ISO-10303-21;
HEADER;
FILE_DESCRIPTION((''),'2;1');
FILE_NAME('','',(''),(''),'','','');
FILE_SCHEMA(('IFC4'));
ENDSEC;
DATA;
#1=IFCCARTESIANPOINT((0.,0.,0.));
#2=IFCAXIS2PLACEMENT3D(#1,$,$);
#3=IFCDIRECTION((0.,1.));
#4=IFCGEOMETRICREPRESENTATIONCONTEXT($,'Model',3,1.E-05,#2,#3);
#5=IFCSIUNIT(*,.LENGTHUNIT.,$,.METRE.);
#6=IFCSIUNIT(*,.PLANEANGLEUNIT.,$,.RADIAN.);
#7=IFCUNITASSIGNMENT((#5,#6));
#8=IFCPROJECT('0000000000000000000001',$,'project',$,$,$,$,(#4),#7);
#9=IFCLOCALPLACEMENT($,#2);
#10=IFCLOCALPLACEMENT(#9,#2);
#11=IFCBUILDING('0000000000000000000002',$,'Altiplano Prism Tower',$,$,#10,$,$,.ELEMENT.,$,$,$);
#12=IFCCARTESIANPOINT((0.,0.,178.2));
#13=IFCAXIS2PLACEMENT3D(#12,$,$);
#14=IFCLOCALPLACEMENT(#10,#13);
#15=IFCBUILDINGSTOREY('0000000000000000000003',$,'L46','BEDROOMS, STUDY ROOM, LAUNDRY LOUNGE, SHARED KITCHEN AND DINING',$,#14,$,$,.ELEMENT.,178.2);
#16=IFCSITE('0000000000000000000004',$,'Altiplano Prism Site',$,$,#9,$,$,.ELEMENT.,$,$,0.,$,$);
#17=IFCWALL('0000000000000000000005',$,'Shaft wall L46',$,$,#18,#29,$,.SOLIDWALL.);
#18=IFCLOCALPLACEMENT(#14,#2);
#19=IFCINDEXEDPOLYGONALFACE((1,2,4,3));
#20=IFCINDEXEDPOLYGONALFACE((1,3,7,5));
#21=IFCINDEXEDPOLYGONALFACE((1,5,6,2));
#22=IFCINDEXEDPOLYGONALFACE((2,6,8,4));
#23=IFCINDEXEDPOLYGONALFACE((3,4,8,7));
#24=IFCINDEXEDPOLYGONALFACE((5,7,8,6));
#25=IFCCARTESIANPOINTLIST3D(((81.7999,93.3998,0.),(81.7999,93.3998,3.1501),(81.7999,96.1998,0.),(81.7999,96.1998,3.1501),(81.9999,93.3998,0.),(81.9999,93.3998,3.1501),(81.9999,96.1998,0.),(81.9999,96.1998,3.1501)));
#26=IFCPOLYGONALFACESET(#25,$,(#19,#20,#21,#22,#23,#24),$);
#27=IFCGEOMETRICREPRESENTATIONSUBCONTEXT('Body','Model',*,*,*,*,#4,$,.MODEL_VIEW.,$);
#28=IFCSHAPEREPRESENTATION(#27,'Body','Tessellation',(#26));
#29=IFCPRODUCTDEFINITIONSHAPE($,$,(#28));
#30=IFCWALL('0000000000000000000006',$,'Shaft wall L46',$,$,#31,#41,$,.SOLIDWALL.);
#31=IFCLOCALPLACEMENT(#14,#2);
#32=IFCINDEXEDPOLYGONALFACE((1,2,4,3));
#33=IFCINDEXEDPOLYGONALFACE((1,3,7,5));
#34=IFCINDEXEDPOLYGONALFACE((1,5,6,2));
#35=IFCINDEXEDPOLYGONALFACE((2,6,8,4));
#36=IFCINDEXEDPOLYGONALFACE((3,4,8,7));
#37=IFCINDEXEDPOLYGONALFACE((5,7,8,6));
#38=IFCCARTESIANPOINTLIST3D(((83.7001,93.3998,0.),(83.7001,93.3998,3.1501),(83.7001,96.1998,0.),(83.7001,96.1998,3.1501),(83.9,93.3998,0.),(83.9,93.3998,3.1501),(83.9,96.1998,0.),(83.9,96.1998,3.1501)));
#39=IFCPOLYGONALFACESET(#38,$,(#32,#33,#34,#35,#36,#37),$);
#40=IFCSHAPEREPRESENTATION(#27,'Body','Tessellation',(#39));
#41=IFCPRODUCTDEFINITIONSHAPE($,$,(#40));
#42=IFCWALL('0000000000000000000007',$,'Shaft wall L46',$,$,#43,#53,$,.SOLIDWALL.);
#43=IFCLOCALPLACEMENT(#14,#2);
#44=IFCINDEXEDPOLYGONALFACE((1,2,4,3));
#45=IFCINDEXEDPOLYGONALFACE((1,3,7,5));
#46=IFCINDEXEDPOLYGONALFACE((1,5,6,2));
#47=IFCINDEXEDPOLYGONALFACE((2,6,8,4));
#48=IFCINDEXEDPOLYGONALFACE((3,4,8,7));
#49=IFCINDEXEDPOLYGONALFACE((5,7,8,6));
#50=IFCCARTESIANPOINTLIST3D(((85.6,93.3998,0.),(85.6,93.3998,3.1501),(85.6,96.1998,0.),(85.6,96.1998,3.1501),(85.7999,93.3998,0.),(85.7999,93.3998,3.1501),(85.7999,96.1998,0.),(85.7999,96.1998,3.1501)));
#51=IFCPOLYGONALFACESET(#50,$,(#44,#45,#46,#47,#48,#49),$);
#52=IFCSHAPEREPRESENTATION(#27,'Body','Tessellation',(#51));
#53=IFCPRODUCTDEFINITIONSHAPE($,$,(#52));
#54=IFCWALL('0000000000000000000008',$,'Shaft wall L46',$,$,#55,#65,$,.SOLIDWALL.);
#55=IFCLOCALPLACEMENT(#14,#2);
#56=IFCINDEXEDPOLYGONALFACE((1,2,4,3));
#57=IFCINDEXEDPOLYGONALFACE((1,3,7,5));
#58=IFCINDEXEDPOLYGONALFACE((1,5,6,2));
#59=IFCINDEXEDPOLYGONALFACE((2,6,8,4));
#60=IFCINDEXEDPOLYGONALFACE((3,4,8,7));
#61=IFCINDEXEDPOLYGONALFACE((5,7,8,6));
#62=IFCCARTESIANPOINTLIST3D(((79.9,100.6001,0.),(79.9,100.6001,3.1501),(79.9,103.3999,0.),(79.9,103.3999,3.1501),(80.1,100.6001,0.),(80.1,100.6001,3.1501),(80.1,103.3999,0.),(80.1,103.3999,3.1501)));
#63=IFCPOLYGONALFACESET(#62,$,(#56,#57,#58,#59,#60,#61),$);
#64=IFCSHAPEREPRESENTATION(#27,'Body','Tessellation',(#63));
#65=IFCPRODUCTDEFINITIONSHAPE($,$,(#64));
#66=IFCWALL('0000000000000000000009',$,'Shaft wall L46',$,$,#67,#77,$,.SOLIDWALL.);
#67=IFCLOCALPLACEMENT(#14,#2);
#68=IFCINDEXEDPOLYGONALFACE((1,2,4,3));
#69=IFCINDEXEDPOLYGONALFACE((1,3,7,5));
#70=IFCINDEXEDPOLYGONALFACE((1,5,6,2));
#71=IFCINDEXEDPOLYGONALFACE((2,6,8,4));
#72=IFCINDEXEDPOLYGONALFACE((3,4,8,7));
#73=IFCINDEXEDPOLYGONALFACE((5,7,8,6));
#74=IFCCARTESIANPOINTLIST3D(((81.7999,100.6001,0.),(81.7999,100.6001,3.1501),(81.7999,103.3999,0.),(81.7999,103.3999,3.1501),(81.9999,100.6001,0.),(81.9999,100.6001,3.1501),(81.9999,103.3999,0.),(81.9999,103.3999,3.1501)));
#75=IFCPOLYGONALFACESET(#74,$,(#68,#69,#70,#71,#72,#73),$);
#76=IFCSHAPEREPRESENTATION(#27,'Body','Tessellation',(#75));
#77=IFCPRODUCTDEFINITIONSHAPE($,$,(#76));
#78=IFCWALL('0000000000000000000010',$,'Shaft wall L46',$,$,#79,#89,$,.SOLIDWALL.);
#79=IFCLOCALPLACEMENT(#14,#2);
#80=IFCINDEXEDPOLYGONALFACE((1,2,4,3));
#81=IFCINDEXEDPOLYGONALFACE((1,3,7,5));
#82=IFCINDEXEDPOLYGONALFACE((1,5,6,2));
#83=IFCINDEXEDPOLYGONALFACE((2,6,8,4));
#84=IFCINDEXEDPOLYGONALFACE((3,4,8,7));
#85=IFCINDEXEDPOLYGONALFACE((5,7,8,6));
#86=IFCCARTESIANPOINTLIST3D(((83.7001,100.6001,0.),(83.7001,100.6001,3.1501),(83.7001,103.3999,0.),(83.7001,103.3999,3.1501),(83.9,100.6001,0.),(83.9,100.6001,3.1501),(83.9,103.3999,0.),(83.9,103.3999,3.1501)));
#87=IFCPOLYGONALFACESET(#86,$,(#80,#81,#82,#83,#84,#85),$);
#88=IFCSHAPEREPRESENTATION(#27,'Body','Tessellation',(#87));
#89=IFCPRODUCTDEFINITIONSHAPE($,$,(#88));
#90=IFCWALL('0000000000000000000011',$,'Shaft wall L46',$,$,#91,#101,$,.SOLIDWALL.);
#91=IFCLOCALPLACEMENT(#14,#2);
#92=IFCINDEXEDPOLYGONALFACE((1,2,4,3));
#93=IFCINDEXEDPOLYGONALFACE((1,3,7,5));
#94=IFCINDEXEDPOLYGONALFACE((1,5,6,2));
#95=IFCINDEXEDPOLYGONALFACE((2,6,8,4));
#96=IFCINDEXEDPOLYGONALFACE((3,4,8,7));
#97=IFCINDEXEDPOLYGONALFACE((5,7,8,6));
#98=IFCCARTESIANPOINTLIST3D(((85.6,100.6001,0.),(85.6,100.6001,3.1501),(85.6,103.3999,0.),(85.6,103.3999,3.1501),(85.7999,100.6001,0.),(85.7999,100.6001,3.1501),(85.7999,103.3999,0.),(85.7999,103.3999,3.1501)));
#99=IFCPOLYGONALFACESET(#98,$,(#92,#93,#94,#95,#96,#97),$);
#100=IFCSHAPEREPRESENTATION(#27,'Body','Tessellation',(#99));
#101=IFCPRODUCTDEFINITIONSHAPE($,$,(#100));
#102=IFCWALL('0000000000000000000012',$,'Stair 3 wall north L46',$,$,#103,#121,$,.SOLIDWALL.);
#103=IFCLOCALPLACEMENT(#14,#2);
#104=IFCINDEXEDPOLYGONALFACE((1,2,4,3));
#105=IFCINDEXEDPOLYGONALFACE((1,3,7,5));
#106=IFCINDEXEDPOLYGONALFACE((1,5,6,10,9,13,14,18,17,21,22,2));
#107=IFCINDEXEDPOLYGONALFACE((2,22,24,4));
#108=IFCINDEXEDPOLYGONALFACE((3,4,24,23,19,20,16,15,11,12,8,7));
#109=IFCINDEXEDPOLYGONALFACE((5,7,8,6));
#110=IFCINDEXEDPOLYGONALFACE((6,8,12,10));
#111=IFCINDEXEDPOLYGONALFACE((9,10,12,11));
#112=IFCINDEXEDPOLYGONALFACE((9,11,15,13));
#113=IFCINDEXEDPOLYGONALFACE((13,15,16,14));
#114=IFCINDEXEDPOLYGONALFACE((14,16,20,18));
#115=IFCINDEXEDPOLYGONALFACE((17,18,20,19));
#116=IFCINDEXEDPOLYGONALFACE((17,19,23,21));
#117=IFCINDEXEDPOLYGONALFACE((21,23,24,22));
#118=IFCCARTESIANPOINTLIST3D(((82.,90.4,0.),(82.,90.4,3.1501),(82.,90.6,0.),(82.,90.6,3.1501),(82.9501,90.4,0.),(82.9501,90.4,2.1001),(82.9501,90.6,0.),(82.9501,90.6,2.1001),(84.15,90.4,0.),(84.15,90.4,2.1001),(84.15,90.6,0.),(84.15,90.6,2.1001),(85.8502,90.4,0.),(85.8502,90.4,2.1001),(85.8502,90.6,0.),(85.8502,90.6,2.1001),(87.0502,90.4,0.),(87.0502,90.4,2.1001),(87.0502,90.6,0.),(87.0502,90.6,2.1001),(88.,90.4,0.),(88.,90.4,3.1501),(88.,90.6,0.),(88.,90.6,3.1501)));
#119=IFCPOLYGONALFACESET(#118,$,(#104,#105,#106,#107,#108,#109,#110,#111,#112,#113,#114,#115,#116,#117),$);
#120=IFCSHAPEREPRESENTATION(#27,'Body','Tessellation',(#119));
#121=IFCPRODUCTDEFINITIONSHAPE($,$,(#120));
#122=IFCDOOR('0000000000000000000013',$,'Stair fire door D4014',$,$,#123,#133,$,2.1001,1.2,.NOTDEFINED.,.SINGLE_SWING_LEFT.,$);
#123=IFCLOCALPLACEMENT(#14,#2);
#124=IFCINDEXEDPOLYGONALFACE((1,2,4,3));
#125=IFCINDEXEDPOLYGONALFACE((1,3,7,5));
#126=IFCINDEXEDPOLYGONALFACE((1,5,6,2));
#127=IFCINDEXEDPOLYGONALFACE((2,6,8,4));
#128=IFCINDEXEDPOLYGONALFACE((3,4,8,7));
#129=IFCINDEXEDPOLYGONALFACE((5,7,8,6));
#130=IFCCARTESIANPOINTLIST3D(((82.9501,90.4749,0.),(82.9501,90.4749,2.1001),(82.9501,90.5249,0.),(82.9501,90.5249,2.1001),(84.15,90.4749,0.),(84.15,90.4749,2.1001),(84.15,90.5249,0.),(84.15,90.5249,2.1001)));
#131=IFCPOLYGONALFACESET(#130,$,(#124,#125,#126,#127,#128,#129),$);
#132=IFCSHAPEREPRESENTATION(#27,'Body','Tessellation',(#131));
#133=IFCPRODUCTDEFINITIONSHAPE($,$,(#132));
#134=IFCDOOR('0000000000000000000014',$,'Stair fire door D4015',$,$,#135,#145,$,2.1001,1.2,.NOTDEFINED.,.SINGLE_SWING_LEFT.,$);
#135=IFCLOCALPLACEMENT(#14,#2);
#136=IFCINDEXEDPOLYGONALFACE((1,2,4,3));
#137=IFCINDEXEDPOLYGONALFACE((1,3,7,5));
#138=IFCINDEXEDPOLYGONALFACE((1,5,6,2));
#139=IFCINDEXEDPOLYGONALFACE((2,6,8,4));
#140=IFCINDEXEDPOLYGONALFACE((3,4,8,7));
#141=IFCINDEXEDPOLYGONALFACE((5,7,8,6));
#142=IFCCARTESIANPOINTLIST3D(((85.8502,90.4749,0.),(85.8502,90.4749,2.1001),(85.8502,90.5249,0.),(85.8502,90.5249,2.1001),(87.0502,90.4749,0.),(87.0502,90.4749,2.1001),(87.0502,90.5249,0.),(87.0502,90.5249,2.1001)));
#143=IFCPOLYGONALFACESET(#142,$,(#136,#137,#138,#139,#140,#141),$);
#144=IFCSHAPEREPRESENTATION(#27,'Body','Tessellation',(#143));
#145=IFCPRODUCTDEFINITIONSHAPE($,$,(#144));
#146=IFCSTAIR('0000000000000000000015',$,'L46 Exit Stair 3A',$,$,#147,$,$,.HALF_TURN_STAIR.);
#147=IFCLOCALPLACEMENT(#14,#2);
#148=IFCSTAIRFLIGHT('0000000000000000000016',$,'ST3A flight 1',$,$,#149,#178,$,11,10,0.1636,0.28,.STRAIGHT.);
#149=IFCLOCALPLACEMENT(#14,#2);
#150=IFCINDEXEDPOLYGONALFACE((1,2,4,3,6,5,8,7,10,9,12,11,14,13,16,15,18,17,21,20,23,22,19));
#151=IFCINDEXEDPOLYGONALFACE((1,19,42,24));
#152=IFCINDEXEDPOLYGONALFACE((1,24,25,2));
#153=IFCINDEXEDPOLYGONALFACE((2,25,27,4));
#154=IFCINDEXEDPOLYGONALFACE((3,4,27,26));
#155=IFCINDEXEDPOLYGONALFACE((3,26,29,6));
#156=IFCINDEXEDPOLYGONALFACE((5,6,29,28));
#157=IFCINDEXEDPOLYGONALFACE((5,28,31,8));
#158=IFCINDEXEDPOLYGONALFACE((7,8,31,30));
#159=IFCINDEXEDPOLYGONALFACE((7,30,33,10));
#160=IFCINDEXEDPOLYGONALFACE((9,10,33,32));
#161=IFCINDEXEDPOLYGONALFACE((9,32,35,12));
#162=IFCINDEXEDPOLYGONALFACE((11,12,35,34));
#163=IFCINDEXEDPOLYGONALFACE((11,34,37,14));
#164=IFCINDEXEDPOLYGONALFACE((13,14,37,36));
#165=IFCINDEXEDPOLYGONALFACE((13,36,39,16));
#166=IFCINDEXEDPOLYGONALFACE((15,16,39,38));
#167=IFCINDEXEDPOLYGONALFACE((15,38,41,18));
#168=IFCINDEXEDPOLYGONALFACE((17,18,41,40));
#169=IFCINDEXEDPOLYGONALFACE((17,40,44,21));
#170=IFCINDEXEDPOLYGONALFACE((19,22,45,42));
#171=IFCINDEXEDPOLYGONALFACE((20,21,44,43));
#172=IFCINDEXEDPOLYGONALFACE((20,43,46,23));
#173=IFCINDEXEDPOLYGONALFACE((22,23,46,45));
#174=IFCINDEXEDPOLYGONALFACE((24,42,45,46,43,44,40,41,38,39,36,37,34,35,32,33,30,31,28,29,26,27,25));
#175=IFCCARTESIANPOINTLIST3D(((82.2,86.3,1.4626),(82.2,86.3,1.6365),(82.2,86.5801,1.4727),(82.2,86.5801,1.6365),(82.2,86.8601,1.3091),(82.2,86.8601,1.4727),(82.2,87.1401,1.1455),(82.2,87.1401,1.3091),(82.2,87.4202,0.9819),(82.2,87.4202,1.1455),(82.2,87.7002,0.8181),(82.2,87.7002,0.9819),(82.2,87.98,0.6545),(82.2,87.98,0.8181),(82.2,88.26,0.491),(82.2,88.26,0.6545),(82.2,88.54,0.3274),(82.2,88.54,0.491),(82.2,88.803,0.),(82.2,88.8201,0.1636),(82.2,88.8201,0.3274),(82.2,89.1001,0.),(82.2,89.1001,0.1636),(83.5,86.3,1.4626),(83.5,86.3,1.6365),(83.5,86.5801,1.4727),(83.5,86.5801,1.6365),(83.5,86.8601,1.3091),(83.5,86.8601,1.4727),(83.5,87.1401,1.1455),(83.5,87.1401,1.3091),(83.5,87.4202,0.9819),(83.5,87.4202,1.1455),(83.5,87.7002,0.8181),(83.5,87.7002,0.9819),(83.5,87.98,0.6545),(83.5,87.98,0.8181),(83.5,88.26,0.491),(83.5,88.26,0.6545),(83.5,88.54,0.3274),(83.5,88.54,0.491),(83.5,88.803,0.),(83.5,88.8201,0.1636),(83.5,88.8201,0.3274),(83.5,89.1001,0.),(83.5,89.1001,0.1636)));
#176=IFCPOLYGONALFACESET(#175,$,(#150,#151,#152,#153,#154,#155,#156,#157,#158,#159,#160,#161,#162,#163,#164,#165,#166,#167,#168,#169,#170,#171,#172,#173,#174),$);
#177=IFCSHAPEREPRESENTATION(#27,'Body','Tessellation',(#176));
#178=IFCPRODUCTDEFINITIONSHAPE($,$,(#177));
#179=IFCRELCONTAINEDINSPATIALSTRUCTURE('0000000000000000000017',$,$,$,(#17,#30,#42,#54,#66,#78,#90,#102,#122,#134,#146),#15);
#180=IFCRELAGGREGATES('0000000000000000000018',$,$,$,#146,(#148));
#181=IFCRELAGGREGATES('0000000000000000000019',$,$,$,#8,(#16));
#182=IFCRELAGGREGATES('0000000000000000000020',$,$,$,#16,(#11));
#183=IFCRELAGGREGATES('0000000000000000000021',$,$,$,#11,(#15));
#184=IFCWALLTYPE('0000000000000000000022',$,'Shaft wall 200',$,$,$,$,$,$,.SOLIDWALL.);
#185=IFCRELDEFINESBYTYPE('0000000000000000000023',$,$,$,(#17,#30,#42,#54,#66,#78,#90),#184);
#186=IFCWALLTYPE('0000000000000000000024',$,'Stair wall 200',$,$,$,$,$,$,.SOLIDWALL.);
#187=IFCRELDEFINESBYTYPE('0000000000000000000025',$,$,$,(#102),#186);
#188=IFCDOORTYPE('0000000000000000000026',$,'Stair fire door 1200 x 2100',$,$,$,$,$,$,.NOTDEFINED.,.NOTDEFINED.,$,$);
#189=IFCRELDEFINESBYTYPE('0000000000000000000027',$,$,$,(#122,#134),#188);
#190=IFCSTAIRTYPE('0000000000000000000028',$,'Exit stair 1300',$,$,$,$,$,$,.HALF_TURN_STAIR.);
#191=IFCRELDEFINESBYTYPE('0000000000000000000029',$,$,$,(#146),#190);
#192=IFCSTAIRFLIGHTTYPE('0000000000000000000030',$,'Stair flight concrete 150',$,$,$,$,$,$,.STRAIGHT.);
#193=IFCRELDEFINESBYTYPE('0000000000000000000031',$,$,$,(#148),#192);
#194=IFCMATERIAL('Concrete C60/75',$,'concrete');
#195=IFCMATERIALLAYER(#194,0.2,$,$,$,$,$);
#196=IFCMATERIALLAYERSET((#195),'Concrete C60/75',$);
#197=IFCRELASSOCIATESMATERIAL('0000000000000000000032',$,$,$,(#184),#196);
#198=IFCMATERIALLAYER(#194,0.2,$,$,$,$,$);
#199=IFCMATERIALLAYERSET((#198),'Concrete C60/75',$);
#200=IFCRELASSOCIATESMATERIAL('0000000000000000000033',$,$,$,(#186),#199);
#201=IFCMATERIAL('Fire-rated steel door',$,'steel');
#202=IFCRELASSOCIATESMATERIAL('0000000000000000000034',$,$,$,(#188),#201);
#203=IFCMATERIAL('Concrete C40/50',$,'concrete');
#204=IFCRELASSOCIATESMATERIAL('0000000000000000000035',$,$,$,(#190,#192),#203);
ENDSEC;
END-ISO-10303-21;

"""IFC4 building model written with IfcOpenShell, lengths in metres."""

from ifc_helpers import new_model, si_unit, direction, frame, frame_2d, origin, place, context, subcontext, project, spatial, polyline, rectangle, outline, extrude, material, layer, layer_set, type_object, element, fill, aggregate, save


model = new_model("IFC4")

# Units and contexts
model_context = context("Model", 3, precision=1e-05, world=origin(), true_north=direction((0.0, 1.0)))
body_context = subcontext(model_context, "Body", "Model", "MODEL_VIEW")
ifc_project = project(units=[si_unit("LENGTHUNIT", "METRE"), si_unit("PLANEANGLEUNIT", "RADIAN")], contexts=[model_context])

# Site, building, storey
site_placement = place(None, origin())
site = spatial("IfcSite", under=ifc_project, at=site_placement, Name="Altiplano Prism Site", CompositionType="ELEMENT", RefElevation=0.0)
building_placement = place(site_placement, origin())
building = spatial("IfcBuilding", under=site, at=building_placement, Name="Altiplano Prism Tower", CompositionType="ELEMENT")
storey_placement = place(building_placement, frame((0.0, 0.0, 178.2)))
storey = spatial("IfcBuildingStorey", under=building, at=storey_placement, Name="L46", Description="BEDROOMS, STUDY ROOM, LAUNDRY LOUNGE, SHARED KITCHEN AND DINING", CompositionType="ELEMENT", Elevation=178.2)

# Walls
ifc_material_1 = material(Name="Concrete C60/75", Category="concrete")
ifc_layer_1 = layer(ifc_material_1, 0.2)
ifc_layer_set_1 = layer_set([ifc_layer_1], Name="Concrete C60/75")
wall_type_1 = type_object("IfcWallType", Name="Shaft wall 200", PredefinedType="SOLIDWALL", material=ifc_layer_set_1)
for number, where, z_axis, x_axis, name in (
    (1, (81.8999, 93.3999, 0.0), (0.0, 0.0, 1.0), (0.0, 1.0, 0.0), "Shaft wall L46"),
    (2, (83.8, 93.3999, 0.0), (0.0, 0.0, 1.0), (0.0, 1.0, 0.0), "Shaft wall L46"),
    (3, (85.7, 93.3999, 0.0), (0.0, 0.0, 1.0), (0.0, 1.0, 0.0), "Shaft wall L46"),
):
    element("IfcWall", number, at=place(storey_placement, frame(where, z_axis=z_axis, x_axis=x_axis)), inside=storey, type_object=wall_type_1, Name=name, PredefinedType="SOLIDWALL", context=body_context, shape_type="SweptSolid", body=[
        extrude(rectangle(XDim=2.8, YDim=0.2, at=frame_2d((1.3999, 0.0))), origin(), (0.0, 0.0, 1.0), 3.1501),
    ])
for number, where, z_axis, x_axis, name in (
    (4, (80.0, 100.6001, 0.0), (0.0, 0.0, 1.0), (0.0, 1.0, 0.0), "Shaft wall L46"),
    (5, (81.8999, 100.6001, 0.0), (0.0, 0.0, 1.0), (0.0, 1.0, 0.0), "Shaft wall L46"),
    (6, (83.8, 100.6001, 0.0), (0.0, 0.0, 1.0), (0.0, 1.0, 0.0), "Shaft wall L46"),
    (7, (85.7, 100.6001, 0.0), (0.0, 0.0, 1.0), (0.0, 1.0, 0.0), "Shaft wall L46"),
):
    element("IfcWall", number, at=place(storey_placement, frame(where, z_axis=z_axis, x_axis=x_axis)), inside=storey, type_object=wall_type_1, Name=name, PredefinedType="SOLIDWALL", context=body_context, shape_type="SweptSolid", body=[
        extrude(rectangle(XDim=2.7998, YDim=0.2, at=frame_2d((1.3999, 0.0))), origin(), (0.0, 0.0, 1.0), 3.1501),
    ])

# Wall, openings, doors
ifc_layer_2 = layer(ifc_material_1, 0.2)
ifc_layer_set_2 = layer_set([ifc_layer_2], Name="Concrete C60/75")
wall_type_2 = type_object("IfcWallType", Name="Stair wall 200", PredefinedType="SOLIDWALL", material=ifc_layer_set_2)
wall_placement = place(storey_placement, frame((82.0, 90.5, 0.0), z_axis=(0.0, 0.0, 1.0), x_axis=(1.0, 0.0, 0.0)))
wall = element("IfcWall", 8, at=wall_placement, inside=storey, type_object=wall_type_2, Name="Stair 3 wall north L46", PredefinedType="SOLIDWALL", context=body_context, shape_type="SweptSolid", body=[
    extrude(rectangle(XDim=6.0, YDim=0.2, at=frame_2d((3.0, 0.0))), origin(), (0.0, 0.0, 1.0), 3.1501),
])
opening_1_placement = place(wall_placement, frame((0.95, 0.0, 0.0)))
opening_1 = element("IfcOpeningElement", 9, at=opening_1_placement, cuts=wall, PredefinedType="OPENING", context=body_context, shape_type="SweptSolid", body=[
    extrude(rectangle(XDim=1.2, YDim=2.1001, at=frame_2d((0.6001, 1.05))), frame((0.0, 0.1104, 0.0), z_axis=(0.0, -1.0, 0.0), x_axis=(1.0, 0.0, 0.0)), (0.0, 0.0, 1.0), 0.2209),
])
opening_2_placement = place(wall_placement, frame((3.8501, 0.0, 0.0)))
opening_2 = element("IfcOpeningElement", 10, at=opening_2_placement, cuts=wall, PredefinedType="OPENING", context=body_context, shape_type="SweptSolid", body=[
    extrude(rectangle(XDim=1.2, YDim=2.1001, at=frame_2d((0.6001, 1.05))), frame((0.0, 0.1104, 0.0), z_axis=(0.0, -1.0, 0.0), x_axis=(1.0, 0.0, 0.0)), (0.0, 0.0, 1.0), 0.2209),
])
ifc_material_2 = material(Name="Fire-rated steel door", Category="steel")
door_type = type_object("IfcDoorType", Name="Stair fire door 1200 x 2100", OperationType="NOTDEFINED", PredefinedType="NOTDEFINED", material=ifc_material_2)
door_1_placement = place(opening_1_placement, origin())
door_1 = element("IfcDoor", 11, at=door_1_placement, inside=storey, type_object=door_type, Name="Stair fire door D4014", OperationType="SINGLE_SWING_LEFT", OverallHeight=2.1001, OverallWidth=1.2, PredefinedType="NOTDEFINED", context=body_context, shape_type="SweptSolid", body=[
    extrude(rectangle(XDim=1.2, YDim=2.1001, at=frame_2d((0.6001, 1.05))), frame((0.0, 0.0249, 0.0), z_axis=(0.0, -1.0, 0.0), x_axis=(1.0, 0.0, 0.0)), (0.0, 0.0, 1.0), 0.05),
])
fill(opening_1, door_1)
door_2_placement = place(opening_2_placement, origin())
door_2 = element("IfcDoor", 12, at=door_2_placement, inside=storey, type_object=door_type, Name="Stair fire door D4015", OperationType="SINGLE_SWING_LEFT", OverallHeight=2.1001, OverallWidth=1.2, PredefinedType="NOTDEFINED", context=body_context, shape_type="SweptSolid", body=[
    extrude(rectangle(XDim=1.2, YDim=2.1001, at=frame_2d((0.6001, 1.05))), frame((0.0, 0.0249, 0.0), z_axis=(0.0, -1.0, 0.0), x_axis=(1.0, 0.0, 0.0)), (0.0, 0.0, 1.0), 0.05),
])
fill(opening_2, door_2)

# Stair, stair flight
ifc_material_3 = material(Name="Concrete C40/50", Category="concrete")
stair_type = type_object("IfcStairType", Name="Exit stair 1300", PredefinedType="HALF_TURN_STAIR", material=ifc_material_3)
stair_1_placement = place(storey_placement, origin())
stair_1 = element("IfcStair", 13, at=stair_1_placement, inside=storey, type_object=stair_type, Name="L46 Exit Stair 3A", PredefinedType="HALF_TURN_STAIR")
stair_flight_type = type_object("IfcStairFlightType", Name="Stair flight concrete 150", PredefinedType="STRAIGHT", material=ifc_material_3)
stair_flight_1_placement = place(storey_placement, frame((82.8501, 89.1001, 0.0), z_axis=(0.0, 0.0, 1.0), x_axis=(0.0, -1.0, 0.0)))
stair_flight_1 = element("IfcStairFlight", 14, at=stair_flight_1_placement, type_object=stair_flight_type, Name="ST3A flight 1", NumberOfRisers=11, NumberOfTreads=10, PredefinedType="STRAIGHT", RiserHeight=0.1636, TreadLength=0.28, context=body_context, shape_type="SweptSolid", body=[
    extrude(outline(polyline([(0.0, 0.0), (0.0, 0.1636), (0.28, 0.1636), (0.28, 0.3274), (0.5601, 0.3274), (0.5601, 0.491), (0.8401, 0.491), (0.8401, 0.6545), (1.1201, 0.6545), (1.1201, 0.8181), (1.3999, 0.8181), (1.3999, 0.9819), (1.6799, 0.9819), (1.6799, 1.1455), (1.96, 1.1455), (1.96, 1.3091), (2.24, 1.3091), (2.24, 1.4727), (2.52, 1.4727), (2.52, 1.6365), (2.8, 1.6365), (2.8, 1.8), (2.8, 1.4626), (0.2971, 0.0), (0.0, 0.0)])), frame((0.0, 0.6499, 0.0), z_axis=(0.0, -1.0, 0.0), x_axis=(1.0, 0.0, 0.0)), (0.0, 0.0, 1.0), 1.3),
])
aggregate(stair_1, [stair_flight_1])

save(model, "model.ifc")
